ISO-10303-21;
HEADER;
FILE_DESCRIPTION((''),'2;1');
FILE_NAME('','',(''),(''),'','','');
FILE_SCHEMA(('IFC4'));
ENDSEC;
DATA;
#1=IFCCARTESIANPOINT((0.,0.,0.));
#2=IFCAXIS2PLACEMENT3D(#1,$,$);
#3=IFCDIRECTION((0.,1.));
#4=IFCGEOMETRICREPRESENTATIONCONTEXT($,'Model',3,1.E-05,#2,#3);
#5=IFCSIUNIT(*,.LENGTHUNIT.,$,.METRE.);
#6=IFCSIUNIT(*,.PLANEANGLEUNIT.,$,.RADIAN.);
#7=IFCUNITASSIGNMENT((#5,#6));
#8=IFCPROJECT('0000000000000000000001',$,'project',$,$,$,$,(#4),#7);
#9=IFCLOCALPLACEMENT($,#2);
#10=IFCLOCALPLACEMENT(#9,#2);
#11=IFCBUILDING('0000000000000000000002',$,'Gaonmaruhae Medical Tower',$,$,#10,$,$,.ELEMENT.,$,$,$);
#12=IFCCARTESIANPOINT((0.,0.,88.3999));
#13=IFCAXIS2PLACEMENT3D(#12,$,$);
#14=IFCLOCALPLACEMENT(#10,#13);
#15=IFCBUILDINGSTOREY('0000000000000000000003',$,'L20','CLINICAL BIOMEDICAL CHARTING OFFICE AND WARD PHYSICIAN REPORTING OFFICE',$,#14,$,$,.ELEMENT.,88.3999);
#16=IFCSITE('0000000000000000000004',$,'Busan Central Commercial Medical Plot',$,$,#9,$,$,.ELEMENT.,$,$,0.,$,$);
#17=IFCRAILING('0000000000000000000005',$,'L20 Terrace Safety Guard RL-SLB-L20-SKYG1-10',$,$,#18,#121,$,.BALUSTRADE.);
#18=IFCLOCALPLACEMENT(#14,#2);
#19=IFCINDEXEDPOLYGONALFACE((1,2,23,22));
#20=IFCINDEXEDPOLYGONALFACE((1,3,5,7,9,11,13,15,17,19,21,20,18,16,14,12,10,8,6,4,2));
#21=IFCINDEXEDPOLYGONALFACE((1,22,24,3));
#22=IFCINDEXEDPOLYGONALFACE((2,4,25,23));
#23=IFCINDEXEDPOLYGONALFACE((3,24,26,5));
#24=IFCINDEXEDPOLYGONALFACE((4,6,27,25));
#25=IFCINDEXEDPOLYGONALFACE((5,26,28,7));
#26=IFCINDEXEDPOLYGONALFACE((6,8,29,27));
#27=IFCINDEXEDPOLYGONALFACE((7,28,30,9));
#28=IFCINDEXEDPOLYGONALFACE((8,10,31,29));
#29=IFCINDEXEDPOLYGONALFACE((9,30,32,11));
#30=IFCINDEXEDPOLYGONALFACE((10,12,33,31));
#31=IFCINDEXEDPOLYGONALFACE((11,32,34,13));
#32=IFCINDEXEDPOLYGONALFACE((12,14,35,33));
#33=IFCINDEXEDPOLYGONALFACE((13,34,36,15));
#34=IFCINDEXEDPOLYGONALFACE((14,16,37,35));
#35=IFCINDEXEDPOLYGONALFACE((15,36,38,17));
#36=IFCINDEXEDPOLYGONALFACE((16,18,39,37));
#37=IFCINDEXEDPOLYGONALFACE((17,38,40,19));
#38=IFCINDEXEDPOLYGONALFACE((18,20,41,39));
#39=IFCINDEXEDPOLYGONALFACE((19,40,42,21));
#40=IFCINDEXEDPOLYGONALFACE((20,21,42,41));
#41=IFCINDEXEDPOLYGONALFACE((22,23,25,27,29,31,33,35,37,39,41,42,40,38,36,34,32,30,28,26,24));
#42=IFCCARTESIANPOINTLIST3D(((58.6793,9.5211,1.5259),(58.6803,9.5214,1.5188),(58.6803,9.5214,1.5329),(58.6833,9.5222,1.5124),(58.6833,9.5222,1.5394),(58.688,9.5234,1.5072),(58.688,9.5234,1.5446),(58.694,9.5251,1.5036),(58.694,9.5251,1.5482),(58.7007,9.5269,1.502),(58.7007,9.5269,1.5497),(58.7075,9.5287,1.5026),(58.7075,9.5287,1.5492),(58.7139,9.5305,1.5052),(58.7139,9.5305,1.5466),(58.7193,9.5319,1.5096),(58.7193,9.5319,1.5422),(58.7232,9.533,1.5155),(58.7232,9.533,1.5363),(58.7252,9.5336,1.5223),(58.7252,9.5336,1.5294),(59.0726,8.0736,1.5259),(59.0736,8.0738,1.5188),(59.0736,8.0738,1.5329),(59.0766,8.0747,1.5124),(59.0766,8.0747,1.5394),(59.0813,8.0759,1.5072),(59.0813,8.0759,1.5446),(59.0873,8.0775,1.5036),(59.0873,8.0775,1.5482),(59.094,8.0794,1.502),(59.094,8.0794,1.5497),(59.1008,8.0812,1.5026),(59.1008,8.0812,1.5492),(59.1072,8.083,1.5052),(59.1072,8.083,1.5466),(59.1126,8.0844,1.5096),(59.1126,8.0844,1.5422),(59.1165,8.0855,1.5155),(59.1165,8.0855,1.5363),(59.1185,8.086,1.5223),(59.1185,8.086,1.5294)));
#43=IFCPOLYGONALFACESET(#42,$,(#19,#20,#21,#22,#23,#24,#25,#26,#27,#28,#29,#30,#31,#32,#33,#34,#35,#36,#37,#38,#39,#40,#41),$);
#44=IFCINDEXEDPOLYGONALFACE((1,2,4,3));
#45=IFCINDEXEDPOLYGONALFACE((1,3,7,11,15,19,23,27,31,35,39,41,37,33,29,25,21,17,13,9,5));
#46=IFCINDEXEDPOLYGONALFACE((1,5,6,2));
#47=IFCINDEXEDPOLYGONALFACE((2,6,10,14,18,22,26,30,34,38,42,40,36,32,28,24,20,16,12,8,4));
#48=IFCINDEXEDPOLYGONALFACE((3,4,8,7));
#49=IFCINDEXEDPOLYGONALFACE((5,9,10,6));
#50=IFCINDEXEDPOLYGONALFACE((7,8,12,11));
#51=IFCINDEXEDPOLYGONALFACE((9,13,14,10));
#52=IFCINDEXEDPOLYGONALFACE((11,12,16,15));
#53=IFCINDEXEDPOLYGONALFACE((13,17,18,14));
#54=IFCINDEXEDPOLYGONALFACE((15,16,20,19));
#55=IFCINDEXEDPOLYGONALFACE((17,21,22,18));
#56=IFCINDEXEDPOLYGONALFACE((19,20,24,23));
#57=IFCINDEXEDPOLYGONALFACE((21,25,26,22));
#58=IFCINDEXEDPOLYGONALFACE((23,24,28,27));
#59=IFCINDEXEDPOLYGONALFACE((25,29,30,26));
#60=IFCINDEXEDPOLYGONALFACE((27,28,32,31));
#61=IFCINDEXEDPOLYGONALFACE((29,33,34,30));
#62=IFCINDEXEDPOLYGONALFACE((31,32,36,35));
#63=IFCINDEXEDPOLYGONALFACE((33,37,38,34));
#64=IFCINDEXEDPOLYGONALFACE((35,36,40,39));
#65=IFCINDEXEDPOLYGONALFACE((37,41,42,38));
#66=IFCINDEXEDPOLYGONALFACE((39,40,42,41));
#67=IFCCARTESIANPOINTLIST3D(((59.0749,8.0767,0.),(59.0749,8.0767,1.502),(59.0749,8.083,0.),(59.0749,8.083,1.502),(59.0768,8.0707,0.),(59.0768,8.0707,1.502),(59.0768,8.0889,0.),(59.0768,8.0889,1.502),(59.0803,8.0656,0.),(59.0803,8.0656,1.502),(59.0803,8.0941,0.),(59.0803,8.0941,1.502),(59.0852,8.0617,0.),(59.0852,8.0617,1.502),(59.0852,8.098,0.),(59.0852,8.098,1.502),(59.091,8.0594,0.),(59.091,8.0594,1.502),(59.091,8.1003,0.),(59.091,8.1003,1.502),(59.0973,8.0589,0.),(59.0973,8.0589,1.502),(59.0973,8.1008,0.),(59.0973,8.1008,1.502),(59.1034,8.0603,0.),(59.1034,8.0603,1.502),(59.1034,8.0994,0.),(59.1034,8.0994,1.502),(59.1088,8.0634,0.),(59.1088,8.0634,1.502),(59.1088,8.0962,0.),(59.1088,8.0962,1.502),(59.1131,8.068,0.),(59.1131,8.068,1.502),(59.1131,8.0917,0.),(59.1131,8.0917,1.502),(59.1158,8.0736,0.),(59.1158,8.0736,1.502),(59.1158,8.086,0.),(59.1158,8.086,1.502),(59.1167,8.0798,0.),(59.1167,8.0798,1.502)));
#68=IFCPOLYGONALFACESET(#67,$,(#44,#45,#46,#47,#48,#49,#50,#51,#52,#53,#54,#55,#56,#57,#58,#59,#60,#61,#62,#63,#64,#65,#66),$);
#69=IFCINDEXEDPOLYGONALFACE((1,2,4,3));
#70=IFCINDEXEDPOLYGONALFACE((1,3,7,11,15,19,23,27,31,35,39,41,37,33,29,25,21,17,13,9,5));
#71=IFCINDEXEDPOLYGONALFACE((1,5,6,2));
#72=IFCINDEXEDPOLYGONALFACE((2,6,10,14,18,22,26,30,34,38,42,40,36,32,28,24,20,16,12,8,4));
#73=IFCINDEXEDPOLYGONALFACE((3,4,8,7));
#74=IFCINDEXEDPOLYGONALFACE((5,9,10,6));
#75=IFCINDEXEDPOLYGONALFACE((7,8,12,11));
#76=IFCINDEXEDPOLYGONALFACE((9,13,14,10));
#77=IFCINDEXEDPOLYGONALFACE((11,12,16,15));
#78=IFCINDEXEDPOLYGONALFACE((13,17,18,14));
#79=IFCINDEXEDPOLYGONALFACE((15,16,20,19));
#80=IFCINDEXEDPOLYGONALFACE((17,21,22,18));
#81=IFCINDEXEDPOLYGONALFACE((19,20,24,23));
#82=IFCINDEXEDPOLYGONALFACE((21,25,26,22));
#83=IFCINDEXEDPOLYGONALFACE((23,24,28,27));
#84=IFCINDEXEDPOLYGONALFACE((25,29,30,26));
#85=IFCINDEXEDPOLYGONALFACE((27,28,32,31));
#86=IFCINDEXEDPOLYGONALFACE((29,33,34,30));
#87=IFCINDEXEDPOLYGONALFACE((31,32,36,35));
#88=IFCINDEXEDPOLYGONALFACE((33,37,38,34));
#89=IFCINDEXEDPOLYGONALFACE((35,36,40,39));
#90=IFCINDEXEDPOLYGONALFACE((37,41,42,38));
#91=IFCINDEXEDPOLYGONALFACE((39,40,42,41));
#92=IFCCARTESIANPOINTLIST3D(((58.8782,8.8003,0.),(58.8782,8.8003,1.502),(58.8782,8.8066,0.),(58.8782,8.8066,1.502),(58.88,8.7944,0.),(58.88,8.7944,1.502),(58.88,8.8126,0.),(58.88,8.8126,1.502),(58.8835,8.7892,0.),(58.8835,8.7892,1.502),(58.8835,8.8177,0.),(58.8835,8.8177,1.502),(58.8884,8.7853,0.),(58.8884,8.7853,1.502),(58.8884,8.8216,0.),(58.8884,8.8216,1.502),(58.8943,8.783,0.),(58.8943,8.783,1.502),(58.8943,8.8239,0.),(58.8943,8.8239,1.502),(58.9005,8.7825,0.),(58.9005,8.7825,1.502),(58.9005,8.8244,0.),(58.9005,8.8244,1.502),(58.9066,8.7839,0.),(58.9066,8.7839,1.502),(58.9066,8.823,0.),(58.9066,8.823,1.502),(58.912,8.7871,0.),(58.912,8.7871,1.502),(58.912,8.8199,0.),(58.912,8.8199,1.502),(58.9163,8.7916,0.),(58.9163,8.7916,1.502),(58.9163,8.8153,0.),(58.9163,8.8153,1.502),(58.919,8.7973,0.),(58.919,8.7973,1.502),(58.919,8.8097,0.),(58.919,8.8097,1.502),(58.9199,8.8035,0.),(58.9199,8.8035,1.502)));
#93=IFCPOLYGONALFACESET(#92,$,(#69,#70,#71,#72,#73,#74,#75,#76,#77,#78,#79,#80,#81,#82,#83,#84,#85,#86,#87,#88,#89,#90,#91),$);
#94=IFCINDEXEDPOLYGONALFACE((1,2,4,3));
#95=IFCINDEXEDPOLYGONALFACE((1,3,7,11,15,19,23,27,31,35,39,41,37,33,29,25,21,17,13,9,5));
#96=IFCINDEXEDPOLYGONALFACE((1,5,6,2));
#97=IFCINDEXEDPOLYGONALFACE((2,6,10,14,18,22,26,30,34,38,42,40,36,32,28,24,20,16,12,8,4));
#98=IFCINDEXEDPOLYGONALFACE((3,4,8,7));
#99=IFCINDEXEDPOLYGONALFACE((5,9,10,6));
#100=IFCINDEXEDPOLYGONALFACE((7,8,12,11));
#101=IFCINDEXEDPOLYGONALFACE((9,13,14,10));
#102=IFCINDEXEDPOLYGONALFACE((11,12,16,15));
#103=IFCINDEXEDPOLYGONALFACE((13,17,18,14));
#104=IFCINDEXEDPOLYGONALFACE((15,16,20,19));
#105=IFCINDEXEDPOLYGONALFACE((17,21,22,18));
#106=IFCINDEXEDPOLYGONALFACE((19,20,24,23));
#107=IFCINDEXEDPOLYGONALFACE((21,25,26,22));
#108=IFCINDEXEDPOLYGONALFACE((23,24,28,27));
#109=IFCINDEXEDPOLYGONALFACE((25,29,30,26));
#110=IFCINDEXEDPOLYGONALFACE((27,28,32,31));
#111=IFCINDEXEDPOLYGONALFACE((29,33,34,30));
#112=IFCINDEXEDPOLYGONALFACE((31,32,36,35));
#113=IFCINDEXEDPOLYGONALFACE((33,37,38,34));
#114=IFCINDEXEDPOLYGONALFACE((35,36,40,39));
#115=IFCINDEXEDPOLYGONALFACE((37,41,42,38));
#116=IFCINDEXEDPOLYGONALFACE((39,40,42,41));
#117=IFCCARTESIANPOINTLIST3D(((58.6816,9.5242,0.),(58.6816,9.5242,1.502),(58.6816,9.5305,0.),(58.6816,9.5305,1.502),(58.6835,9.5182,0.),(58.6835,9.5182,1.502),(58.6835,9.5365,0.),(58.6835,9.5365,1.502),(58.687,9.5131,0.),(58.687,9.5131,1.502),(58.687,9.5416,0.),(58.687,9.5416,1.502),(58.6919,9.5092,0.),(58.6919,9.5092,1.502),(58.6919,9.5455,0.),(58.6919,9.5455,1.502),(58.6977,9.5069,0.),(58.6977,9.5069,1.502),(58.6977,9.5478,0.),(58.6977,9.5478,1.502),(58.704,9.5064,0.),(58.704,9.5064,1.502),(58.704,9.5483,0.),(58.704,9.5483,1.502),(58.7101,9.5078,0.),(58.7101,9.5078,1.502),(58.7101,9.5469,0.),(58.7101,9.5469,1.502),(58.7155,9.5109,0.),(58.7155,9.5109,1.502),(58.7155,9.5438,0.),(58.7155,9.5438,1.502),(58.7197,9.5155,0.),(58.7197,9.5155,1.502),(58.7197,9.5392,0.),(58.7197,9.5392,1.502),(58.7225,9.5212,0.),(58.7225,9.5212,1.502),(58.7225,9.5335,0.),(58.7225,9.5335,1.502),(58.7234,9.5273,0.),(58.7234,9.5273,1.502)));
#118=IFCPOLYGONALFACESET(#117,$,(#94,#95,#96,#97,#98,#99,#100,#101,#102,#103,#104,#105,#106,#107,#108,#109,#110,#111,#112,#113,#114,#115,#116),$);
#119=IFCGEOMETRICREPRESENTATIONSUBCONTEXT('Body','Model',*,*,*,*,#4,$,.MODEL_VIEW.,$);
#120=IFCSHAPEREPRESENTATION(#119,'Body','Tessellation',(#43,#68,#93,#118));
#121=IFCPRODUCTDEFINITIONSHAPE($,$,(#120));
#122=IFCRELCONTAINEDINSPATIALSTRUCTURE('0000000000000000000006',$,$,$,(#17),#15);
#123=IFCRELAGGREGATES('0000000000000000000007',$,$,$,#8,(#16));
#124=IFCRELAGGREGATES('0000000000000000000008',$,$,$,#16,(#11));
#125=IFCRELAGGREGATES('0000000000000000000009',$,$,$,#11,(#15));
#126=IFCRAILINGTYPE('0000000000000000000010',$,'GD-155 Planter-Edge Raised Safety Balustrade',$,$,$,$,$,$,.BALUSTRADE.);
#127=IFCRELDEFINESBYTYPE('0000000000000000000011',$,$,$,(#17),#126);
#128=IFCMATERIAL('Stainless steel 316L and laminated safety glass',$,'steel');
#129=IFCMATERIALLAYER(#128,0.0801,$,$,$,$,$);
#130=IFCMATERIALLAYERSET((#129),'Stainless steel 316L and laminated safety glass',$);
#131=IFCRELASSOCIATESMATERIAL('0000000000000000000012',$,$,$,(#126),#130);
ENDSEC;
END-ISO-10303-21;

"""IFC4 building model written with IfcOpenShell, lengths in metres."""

from ifc_helpers import new_model, si_unit, direction, frame, origin, origin_2d, place, context, subcontext, project, spatial, circle, extrude, material, layer, layer_set, type_object, element, save


model = new_model("IFC4")

# Units and contexts
model_context = context("Model", 3, precision=1e-05, world=origin(), true_north=direction((0.0, 1.0)))
body_context = subcontext(model_context, "Body", "Model", "MODEL_VIEW")
ifc_project = project(units=[si_unit("LENGTHUNIT", "METRE"), si_unit("PLANEANGLEUNIT", "RADIAN")], contexts=[model_context])

# Site, building, storey
site_placement = place(None, origin())
site = spatial("IfcSite", under=ifc_project, at=site_placement, Name="Busan Central Commercial Medical Plot", CompositionType="ELEMENT", RefElevation=0.0)
building_placement = place(site_placement, origin())
building = spatial("IfcBuilding", under=site, at=building_placement, Name="Gaonmaruhae Medical Tower", CompositionType="ELEMENT")
storey_placement = place(building_placement, frame((0.0, 0.0, 88.3999)))
storey = spatial("IfcBuildingStorey", under=building, at=storey_placement, Name="L20", Description="CLINICAL BIOMEDICAL CHARTING OFFICE AND WARD PHYSICIAN REPORTING OFFICE", CompositionType="ELEMENT", Elevation=88.3999)

# Railing
ifc_material_1 = material(Name="Stainless steel 316L and laminated safety glass", Category="steel")
ifc_layer_1 = layer(ifc_material_1, 0.0801)
ifc_layer_set_1 = layer_set([ifc_layer_1], Name="Stainless steel 316L and laminated safety glass")
railing_type = type_object("IfcRailingType", Name="GD-155 Planter-Edge Raised Safety Balustrade", PredefinedType="BALUSTRADE", material=ifc_layer_set_1)
railing_1_placement = place(storey_placement, frame((59.0957, 8.0798, 0.0)))
element("IfcRailing", 1, at=railing_1_placement, inside=storey, type_object=railing_type, Name="L20 Terrace Safety Guard RL-SLB-L20-SKYG1-10", PredefinedType="BALUSTRADE", context=body_context, shape_type="SweptSolid", body=[
    extrude(circle(Radius=0.0239, at=origin_2d()), frame((0.0, 0.0, 1.5259), z_axis=(-0.262208, 0.965011, 0.0), x_axis=(-0.965011, -0.262208, 0.0)), (0.0, 0.0, 1.0), 1.5),
    extrude(circle(Radius=0.021, at=origin_2d()), origin(), (0.0, 0.0, 1.0), 1.502),
    extrude(circle(Radius=0.021, at=origin_2d()), frame((-0.1968, 0.7236, 0.0)), (0.0, 0.0, 1.0), 1.502),
    extrude(circle(Radius=0.021, at=origin_2d()), frame((-0.3933, 1.4475, 0.0)), (0.0, 0.0, 1.0), 1.502),
])

save(model, "model.ifc")
